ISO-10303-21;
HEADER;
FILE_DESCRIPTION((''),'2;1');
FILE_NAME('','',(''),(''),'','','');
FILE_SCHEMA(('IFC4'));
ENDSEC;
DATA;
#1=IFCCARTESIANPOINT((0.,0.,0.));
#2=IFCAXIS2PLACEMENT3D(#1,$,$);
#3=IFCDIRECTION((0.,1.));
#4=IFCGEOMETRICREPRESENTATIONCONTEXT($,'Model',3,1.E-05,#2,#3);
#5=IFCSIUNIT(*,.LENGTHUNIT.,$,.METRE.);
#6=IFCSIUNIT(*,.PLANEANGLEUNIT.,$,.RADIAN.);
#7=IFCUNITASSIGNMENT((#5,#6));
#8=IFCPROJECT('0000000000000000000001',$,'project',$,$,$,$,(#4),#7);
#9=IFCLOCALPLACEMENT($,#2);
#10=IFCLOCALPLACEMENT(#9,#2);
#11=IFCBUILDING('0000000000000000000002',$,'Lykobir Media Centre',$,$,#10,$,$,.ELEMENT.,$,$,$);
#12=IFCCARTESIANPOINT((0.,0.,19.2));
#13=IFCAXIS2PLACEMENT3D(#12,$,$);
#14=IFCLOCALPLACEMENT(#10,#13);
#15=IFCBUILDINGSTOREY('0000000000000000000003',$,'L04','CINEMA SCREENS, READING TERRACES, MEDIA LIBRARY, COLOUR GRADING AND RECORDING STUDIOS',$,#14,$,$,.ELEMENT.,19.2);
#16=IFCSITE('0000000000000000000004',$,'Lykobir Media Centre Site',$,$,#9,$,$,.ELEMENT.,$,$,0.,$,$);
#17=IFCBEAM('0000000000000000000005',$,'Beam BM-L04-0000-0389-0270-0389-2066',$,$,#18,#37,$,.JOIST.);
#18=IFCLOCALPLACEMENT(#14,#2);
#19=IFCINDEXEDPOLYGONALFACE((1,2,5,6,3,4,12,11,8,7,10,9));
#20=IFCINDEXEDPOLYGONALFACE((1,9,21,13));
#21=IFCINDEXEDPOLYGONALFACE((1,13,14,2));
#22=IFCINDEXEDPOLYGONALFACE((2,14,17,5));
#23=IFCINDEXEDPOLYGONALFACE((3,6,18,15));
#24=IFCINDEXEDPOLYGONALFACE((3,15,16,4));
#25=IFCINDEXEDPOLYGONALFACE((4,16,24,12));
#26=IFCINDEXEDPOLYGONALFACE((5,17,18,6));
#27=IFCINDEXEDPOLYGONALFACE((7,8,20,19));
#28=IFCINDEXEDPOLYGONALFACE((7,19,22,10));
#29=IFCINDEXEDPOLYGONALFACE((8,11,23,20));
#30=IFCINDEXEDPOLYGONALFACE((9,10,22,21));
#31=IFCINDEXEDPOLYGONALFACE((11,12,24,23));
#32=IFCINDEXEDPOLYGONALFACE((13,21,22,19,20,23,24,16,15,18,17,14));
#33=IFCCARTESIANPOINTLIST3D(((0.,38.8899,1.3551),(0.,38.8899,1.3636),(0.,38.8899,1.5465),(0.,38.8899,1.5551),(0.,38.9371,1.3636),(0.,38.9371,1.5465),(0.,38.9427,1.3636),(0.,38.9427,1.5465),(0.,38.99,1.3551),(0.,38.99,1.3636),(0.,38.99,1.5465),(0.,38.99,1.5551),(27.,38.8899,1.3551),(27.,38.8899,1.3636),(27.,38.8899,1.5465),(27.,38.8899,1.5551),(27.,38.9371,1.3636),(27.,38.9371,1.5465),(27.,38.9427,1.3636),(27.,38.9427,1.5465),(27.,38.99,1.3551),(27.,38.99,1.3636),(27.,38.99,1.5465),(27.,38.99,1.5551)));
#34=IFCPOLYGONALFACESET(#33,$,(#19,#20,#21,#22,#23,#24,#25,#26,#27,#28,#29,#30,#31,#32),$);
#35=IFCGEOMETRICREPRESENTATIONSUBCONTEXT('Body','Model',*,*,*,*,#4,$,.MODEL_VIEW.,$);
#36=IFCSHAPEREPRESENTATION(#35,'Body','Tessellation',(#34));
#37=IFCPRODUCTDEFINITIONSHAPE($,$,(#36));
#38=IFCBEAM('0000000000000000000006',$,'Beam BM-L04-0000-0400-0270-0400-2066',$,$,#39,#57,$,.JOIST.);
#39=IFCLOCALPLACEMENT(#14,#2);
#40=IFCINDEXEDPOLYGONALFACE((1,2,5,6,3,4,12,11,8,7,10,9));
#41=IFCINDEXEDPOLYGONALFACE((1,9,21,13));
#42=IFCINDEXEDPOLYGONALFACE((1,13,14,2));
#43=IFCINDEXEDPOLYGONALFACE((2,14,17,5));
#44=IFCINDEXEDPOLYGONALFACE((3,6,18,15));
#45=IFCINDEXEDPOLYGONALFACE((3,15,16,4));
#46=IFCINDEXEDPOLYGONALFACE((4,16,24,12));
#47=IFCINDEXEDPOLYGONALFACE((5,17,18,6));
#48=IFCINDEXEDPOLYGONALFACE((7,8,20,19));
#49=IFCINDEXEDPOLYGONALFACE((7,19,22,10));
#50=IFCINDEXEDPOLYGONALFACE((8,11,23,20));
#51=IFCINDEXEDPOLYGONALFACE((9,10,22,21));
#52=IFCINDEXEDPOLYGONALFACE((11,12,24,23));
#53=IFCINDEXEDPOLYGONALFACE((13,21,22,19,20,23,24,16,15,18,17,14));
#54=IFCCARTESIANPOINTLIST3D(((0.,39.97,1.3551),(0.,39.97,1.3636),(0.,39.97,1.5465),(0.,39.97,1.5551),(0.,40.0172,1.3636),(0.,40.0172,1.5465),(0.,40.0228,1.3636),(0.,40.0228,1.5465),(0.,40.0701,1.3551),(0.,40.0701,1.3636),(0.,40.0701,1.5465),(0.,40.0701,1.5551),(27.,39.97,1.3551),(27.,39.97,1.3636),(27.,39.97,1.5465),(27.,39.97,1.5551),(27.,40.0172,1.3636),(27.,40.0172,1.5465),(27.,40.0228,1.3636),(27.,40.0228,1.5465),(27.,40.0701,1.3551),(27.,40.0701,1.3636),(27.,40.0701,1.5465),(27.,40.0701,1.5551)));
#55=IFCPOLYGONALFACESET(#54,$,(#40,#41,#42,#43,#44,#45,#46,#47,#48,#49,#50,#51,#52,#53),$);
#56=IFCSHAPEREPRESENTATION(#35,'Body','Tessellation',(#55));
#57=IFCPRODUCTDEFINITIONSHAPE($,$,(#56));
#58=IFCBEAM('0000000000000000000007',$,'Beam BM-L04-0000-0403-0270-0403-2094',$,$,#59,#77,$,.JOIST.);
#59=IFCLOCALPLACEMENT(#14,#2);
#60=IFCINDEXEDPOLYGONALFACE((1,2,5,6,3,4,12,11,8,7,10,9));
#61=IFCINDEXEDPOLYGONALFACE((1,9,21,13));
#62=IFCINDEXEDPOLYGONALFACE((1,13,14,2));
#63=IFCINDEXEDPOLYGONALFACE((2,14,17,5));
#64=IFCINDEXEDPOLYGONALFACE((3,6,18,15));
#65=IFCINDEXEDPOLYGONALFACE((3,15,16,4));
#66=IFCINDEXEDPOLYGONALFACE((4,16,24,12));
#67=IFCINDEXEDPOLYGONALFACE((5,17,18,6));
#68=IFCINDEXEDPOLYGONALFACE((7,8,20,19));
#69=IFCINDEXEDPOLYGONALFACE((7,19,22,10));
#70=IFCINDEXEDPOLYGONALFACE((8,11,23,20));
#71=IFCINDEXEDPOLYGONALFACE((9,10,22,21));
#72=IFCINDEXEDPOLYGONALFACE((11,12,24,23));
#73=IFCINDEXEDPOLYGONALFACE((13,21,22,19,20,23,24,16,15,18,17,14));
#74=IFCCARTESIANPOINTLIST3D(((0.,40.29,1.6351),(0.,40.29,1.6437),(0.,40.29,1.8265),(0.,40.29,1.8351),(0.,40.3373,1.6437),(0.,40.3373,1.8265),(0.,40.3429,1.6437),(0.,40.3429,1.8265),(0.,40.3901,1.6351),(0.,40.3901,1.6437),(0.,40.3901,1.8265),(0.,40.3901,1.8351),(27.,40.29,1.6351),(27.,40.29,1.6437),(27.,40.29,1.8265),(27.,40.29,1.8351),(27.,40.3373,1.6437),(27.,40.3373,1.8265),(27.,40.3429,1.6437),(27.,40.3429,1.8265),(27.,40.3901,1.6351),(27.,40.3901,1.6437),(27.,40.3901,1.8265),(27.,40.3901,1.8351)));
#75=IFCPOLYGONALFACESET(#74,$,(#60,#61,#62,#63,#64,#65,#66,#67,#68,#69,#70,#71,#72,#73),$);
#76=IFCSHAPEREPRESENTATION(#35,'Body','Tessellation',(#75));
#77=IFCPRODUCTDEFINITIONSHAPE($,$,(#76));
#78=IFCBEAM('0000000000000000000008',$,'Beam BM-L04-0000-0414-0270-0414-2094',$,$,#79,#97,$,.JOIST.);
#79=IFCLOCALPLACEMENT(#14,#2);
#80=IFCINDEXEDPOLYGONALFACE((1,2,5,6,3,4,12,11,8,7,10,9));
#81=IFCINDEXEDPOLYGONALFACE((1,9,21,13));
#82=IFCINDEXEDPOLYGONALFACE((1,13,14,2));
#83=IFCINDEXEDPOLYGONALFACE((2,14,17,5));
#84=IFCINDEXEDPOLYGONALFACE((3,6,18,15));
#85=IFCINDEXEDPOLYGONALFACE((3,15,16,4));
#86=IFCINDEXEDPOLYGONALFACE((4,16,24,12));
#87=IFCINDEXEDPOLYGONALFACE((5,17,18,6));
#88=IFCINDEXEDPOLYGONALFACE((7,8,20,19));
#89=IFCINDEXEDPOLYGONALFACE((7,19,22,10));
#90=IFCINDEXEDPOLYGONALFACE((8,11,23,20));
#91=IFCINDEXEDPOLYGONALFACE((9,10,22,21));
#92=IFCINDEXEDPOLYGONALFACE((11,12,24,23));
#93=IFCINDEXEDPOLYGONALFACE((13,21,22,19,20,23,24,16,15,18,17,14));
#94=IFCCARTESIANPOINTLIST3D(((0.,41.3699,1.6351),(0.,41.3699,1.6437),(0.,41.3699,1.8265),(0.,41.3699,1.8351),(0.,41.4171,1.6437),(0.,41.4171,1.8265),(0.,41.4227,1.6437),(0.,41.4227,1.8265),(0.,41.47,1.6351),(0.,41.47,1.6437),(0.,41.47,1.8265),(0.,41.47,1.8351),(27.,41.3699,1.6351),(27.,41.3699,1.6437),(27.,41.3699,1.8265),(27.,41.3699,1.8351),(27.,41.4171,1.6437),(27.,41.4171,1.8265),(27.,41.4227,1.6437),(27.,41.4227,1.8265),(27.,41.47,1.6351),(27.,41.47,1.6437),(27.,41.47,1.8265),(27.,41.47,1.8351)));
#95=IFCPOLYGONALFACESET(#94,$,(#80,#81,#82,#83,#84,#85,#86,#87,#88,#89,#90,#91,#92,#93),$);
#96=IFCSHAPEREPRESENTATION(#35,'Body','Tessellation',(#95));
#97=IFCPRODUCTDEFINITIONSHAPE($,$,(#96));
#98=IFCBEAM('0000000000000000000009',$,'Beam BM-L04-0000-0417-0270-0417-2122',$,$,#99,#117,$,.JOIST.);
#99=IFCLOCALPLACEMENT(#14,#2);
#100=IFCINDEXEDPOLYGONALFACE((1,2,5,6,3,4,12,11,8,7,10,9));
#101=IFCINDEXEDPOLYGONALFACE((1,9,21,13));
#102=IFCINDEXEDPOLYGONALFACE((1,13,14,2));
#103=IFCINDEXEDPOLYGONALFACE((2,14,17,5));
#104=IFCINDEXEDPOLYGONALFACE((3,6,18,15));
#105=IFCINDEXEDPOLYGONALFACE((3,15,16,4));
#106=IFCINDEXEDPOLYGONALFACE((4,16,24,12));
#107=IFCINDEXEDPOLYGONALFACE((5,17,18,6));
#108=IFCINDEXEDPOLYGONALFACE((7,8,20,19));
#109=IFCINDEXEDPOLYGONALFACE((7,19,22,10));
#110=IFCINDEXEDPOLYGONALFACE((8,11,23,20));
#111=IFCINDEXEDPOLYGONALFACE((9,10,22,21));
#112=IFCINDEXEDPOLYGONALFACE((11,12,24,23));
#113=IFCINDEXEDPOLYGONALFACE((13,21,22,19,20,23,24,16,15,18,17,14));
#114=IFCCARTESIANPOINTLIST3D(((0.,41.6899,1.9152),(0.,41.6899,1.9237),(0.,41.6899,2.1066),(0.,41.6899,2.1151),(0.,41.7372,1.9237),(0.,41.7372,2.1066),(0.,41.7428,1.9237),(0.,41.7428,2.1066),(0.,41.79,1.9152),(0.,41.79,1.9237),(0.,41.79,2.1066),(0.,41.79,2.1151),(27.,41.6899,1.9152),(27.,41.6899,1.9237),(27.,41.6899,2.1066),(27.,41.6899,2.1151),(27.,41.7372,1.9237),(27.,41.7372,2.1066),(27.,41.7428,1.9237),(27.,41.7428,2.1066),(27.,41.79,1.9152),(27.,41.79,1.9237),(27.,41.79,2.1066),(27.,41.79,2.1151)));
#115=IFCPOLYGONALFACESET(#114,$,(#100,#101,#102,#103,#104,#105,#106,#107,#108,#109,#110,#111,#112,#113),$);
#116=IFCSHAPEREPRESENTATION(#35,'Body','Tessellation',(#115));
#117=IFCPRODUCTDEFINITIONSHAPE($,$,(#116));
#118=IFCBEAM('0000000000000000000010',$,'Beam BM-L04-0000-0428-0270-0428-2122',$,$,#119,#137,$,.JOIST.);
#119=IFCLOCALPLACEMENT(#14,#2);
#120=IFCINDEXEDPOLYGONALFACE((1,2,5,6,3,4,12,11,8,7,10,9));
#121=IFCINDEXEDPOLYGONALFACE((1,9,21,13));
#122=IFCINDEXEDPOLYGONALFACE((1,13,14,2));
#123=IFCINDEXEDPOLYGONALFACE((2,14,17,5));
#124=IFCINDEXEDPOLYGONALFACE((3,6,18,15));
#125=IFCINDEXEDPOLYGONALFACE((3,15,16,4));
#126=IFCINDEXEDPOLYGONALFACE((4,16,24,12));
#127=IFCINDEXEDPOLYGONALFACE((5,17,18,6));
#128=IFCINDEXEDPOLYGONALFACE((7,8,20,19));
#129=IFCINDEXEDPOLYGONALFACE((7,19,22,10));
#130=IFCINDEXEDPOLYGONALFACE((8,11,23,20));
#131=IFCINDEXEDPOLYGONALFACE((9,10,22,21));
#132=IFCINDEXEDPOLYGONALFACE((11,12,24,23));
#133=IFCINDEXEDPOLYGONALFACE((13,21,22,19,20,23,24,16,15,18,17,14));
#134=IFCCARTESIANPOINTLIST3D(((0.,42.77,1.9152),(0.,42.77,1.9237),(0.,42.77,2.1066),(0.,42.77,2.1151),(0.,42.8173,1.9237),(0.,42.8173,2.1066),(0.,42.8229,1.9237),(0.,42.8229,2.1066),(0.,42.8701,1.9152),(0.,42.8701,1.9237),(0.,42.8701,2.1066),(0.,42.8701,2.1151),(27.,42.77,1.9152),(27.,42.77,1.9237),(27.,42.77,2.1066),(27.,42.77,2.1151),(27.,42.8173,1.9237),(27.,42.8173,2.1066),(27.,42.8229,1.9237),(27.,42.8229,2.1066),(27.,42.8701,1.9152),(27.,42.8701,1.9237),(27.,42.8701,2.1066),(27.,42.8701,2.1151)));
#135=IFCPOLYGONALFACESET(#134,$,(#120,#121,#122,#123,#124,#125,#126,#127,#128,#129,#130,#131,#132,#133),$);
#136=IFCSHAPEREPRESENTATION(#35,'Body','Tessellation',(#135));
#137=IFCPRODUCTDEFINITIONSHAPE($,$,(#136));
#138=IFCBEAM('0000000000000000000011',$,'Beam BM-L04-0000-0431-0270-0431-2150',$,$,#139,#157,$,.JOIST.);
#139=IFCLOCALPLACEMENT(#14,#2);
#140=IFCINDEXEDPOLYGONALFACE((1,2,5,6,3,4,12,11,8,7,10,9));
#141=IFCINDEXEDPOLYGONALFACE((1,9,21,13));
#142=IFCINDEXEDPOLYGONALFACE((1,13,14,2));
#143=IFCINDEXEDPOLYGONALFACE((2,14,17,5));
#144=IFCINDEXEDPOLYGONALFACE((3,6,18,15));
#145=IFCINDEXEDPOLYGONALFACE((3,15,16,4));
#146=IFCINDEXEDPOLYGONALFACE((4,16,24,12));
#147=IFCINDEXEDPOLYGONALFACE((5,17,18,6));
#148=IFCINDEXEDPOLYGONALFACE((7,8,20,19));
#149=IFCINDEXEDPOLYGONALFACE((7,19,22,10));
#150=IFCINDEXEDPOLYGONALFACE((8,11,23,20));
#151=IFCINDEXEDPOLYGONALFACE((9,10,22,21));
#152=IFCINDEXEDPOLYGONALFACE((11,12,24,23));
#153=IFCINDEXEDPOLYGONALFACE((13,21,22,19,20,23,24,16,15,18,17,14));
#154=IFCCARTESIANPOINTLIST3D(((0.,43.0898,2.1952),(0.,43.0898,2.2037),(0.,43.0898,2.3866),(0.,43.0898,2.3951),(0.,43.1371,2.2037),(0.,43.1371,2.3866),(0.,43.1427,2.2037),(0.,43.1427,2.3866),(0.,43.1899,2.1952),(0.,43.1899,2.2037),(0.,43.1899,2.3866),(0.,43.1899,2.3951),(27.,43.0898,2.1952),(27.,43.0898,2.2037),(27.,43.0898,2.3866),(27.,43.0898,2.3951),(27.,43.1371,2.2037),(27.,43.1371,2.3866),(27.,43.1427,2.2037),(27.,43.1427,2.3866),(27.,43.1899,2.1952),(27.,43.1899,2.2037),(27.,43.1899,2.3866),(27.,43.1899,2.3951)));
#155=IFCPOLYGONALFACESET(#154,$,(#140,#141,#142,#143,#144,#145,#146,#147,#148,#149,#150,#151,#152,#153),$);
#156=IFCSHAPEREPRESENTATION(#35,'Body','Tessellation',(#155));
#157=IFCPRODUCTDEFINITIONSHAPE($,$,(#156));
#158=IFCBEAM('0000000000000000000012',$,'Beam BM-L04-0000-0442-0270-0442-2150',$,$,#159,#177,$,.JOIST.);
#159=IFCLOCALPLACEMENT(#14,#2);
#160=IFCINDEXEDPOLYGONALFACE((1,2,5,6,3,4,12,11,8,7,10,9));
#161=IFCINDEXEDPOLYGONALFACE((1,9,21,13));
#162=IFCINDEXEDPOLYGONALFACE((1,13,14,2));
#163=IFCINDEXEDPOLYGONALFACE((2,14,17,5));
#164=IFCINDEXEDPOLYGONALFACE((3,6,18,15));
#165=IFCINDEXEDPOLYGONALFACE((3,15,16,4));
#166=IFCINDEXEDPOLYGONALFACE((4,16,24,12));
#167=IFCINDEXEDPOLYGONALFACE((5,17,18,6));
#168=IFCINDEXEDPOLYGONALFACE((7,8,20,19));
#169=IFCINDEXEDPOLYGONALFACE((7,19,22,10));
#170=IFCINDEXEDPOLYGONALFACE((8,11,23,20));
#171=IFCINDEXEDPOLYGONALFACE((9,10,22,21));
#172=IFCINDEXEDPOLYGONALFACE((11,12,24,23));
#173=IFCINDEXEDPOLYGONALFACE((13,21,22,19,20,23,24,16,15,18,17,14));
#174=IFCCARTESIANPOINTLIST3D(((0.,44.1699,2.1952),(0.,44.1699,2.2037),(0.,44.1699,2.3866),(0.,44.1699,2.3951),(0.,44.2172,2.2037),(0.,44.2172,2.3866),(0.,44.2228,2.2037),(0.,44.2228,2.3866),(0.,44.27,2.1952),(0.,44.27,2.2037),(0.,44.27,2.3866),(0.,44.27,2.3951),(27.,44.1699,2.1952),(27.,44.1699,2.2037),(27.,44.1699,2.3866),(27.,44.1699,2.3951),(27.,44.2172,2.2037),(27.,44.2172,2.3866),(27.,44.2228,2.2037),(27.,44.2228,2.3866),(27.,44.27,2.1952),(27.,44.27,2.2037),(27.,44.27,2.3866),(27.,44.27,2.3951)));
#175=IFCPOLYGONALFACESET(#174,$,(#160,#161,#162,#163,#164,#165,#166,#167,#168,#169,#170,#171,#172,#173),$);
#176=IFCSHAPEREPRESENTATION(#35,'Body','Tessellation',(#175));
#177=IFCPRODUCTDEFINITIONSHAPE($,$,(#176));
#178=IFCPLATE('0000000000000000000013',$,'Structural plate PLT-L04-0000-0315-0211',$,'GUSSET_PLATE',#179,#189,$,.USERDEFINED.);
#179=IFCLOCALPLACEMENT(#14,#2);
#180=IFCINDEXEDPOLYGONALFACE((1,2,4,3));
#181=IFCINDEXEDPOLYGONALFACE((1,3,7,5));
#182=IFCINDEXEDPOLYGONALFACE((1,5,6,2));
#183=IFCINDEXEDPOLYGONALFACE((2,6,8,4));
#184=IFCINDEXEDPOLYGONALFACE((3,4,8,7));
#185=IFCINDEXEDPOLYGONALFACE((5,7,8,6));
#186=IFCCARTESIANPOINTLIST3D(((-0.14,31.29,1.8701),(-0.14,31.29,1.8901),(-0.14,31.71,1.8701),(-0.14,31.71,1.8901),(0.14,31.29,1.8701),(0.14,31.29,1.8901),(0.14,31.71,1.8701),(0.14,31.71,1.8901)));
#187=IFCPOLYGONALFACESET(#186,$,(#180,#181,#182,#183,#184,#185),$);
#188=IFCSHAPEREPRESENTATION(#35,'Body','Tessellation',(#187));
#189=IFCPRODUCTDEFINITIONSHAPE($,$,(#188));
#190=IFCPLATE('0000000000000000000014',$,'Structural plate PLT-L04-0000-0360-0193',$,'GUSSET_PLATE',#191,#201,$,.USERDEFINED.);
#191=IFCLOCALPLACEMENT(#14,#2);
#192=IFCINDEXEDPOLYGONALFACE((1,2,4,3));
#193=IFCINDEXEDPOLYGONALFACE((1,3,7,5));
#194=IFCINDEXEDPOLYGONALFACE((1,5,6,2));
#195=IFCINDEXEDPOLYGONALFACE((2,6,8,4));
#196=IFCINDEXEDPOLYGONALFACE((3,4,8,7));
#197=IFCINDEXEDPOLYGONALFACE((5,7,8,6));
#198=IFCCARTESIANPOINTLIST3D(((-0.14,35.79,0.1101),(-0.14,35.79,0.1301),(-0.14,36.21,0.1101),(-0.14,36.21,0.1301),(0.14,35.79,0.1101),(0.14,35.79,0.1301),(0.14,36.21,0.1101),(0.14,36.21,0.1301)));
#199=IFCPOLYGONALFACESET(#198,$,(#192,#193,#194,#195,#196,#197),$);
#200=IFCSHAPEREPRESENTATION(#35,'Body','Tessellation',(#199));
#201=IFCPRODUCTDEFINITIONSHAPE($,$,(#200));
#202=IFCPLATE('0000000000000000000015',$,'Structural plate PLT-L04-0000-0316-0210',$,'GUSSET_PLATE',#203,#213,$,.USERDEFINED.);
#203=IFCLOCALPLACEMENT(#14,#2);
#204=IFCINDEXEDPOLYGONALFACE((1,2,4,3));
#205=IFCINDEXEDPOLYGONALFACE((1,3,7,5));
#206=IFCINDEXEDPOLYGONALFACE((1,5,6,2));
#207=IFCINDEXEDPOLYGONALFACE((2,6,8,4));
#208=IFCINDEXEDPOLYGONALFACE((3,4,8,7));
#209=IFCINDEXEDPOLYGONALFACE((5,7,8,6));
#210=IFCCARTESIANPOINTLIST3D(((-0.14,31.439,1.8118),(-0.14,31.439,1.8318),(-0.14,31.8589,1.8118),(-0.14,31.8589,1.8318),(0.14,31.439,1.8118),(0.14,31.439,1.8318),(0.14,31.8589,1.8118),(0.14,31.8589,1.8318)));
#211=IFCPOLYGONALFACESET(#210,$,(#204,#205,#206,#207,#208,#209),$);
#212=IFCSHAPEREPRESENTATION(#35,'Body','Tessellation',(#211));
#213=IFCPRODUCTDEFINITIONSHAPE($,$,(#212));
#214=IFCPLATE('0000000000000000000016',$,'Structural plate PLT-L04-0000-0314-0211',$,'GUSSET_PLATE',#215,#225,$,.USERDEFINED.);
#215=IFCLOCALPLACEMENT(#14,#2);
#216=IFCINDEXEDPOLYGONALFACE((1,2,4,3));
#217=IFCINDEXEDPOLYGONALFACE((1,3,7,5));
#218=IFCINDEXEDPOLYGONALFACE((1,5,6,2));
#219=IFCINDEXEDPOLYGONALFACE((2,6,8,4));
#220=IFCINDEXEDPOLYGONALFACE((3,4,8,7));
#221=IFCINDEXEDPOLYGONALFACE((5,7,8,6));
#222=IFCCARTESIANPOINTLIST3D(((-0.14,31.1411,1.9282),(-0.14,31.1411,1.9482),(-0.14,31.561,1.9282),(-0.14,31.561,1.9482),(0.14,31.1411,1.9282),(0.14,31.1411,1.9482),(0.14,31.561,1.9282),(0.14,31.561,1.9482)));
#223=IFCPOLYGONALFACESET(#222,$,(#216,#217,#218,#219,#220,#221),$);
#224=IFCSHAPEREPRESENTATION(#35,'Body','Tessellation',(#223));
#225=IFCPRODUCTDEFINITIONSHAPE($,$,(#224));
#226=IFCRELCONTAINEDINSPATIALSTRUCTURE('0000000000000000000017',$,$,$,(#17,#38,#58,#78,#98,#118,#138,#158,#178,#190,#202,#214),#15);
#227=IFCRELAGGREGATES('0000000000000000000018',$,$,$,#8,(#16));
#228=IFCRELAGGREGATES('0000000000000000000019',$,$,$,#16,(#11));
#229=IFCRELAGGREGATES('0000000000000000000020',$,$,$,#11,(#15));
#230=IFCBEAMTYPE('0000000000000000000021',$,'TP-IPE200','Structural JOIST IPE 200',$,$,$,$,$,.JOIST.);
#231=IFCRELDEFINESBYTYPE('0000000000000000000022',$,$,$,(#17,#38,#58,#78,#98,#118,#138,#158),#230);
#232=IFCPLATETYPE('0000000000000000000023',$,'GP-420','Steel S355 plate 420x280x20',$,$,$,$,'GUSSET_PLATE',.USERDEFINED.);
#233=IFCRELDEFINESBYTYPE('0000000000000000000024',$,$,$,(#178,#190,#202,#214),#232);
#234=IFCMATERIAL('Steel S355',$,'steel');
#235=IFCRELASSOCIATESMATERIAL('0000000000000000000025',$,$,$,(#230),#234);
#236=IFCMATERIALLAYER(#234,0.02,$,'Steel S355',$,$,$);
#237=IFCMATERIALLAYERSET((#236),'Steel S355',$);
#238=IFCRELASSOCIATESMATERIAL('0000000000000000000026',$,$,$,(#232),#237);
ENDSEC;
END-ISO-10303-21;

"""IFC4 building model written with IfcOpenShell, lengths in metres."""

from ifc_helpers import new_model, si_unit, direction, frame, origin, origin_2d, place, context, subcontext, project, spatial, rectangle, i_section, extrude, material, layer, layer_set, material_profile, profile_set, type_object, element, save


model = new_model("IFC4")

# Units and contexts
model_context = context("Model", 3, precision=1e-05, world=origin(), true_north=direction((0.0, 1.0)))
body_context = subcontext(model_context, "Body", "Model", "MODEL_VIEW")
ifc_project = project(units=[si_unit("LENGTHUNIT", "METRE"), si_unit("PLANEANGLEUNIT", "RADIAN")], contexts=[model_context])

# Site, building, storey
site_placement = place(None, origin())
site = spatial("IfcSite", under=ifc_project, at=site_placement, Name="Lykobir Media Centre Site", CompositionType="ELEMENT", RefElevation=0.0)
building_placement = place(site_placement, origin())
building = spatial("IfcBuilding", under=site, at=building_placement, Name="Lykobir Media Centre", CompositionType="ELEMENT")
storey_placement = place(building_placement, frame((0.0, 0.0, 19.2)))
storey = spatial("IfcBuildingStorey", under=building, at=storey_placement, Name="L04", Description="CINEMA SCREENS, READING TERRACES, MEDIA LIBRARY, COLOUR GRADING AND RECORDING STUDIOS", CompositionType="ELEMENT", Elevation=19.2)

# Shared definitions
ifc_material_1 = material(Name="Steel S355", Category="steel")

# Beams
ifc_material_profile_1 = material_profile(ifc_material_1, i_section(OverallWidth=0.1001, OverallDepth=0.2, WebThickness=0.0056, FlangeThickness=0.0085, at=origin_2d()), Name="IPE 200")
ifc_profile_set_1 = profile_set([ifc_material_profile_1], Name="Steel S355")
beam_type_1 = type_object("IfcBeamType", Name="TP-IPE200", Description="Structural JOIST IPE 200", PredefinedType="JOIST", material=ifc_profile_set_1)
for number, where, z_axis, x_axis, name in (
    (1, (0.0, 38.9399, 1.4551), (1.0, 0.0, 0.0), (0.0, 1.0, 0.0), "Beam BM-L04-0000-0389-0270-0389-2066"),
    (2, (0.0, 40.02, 1.4551), (1.0, 0.0, 0.0), (0.0, 1.0, 0.0), "Beam BM-L04-0000-0400-0270-0400-2066"),
    (3, (0.0, 40.3401, 1.7351), (1.0, 0.0, 0.0), (0.0, 1.0, 0.0), "Beam BM-L04-0000-0403-0270-0403-2094"),
    (4, (0.0, 41.4199, 1.7351), (1.0, 0.0, 0.0), (0.0, 1.0, 0.0), "Beam BM-L04-0000-0414-0270-0414-2094"),
    (5, (0.0, 41.74, 2.0151), (1.0, 0.0, 0.0), (0.0, 1.0, 0.0), "Beam BM-L04-0000-0417-0270-0417-2122"),
    (6, (0.0, 42.8201, 2.0151), (1.0, 0.0, 0.0), (0.0, 1.0, 0.0), "Beam BM-L04-0000-0428-0270-0428-2122"),
    (7, (0.0, 43.1399, 2.2952), (1.0, 0.0, 0.0), (0.0, 1.0, 0.0), "Beam BM-L04-0000-0431-0270-0431-2150"),
    (8, (0.0, 44.22, 2.2952), (1.0, 0.0, 0.0), (0.0, 1.0, 0.0), "Beam BM-L04-0000-0442-0270-0442-2150"),
):
    element("IfcBeam", number, at=place(storey_placement, frame(where, z_axis=z_axis, x_axis=x_axis)), inside=storey, type_object=beam_type_1, Name=name, PredefinedType="JOIST", context=body_context, shape_type="SweptSolid", body=[
        extrude(i_section(OverallWidth=0.1001, OverallDepth=0.2, WebThickness=0.0056, FlangeThickness=0.0085, at=origin_2d()), origin(), (0.0, 0.0, 1.0), 27.0),
    ])

# Plates
ifc_layer_1 = layer(ifc_material_1, 0.02, Name="Steel S355")
ifc_layer_set_1 = layer_set([ifc_layer_1], Name="Steel S355")
plate_type_1 = type_object("IfcPlateType", Name="GP-420", Description="Steel S355 plate 420x280x20", ElementType="GUSSET_PLATE", PredefinedType="USERDEFINED", material=ifc_layer_set_1)
for number, where, z_axis, x_axis, name in (
    (9, (0.0, 31.5, 1.8701), (0.0, 0.0, 1.0), (0.0, 1.0, 0.0), "Structural plate PLT-L04-0000-0315-0211"),
    (10, (0.0, 36.0, 0.1101), (0.0, 0.0, 1.0), (0.0, 1.0, 0.0), "Structural plate PLT-L04-0000-0360-0193"),
    (11, (0.0, 31.6489, 1.8118), (0.0, 0.0, 1.0), (0.0, 1.0, 0.0), "Structural plate PLT-L04-0000-0316-0210"),
    (12, (0.0, 31.3511, 1.9282), (0.0, 0.0, 1.0), (0.0, 1.0, 0.0), "Structural plate PLT-L04-0000-0314-0211"),
):
    element("IfcPlate", number, at=place(storey_placement, frame(where, z_axis=z_axis, x_axis=x_axis)), inside=storey, type_object=plate_type_1, Name=name, ObjectType="GUSSET_PLATE", PredefinedType="USERDEFINED", context=body_context, shape_type="SweptSolid", body=[
        extrude(rectangle(XDim=0.4199, YDim=0.28, at=origin_2d()), origin(), (0.0, 0.0, 1.0), 0.02),
    ])

save(model, "model.ifc")
